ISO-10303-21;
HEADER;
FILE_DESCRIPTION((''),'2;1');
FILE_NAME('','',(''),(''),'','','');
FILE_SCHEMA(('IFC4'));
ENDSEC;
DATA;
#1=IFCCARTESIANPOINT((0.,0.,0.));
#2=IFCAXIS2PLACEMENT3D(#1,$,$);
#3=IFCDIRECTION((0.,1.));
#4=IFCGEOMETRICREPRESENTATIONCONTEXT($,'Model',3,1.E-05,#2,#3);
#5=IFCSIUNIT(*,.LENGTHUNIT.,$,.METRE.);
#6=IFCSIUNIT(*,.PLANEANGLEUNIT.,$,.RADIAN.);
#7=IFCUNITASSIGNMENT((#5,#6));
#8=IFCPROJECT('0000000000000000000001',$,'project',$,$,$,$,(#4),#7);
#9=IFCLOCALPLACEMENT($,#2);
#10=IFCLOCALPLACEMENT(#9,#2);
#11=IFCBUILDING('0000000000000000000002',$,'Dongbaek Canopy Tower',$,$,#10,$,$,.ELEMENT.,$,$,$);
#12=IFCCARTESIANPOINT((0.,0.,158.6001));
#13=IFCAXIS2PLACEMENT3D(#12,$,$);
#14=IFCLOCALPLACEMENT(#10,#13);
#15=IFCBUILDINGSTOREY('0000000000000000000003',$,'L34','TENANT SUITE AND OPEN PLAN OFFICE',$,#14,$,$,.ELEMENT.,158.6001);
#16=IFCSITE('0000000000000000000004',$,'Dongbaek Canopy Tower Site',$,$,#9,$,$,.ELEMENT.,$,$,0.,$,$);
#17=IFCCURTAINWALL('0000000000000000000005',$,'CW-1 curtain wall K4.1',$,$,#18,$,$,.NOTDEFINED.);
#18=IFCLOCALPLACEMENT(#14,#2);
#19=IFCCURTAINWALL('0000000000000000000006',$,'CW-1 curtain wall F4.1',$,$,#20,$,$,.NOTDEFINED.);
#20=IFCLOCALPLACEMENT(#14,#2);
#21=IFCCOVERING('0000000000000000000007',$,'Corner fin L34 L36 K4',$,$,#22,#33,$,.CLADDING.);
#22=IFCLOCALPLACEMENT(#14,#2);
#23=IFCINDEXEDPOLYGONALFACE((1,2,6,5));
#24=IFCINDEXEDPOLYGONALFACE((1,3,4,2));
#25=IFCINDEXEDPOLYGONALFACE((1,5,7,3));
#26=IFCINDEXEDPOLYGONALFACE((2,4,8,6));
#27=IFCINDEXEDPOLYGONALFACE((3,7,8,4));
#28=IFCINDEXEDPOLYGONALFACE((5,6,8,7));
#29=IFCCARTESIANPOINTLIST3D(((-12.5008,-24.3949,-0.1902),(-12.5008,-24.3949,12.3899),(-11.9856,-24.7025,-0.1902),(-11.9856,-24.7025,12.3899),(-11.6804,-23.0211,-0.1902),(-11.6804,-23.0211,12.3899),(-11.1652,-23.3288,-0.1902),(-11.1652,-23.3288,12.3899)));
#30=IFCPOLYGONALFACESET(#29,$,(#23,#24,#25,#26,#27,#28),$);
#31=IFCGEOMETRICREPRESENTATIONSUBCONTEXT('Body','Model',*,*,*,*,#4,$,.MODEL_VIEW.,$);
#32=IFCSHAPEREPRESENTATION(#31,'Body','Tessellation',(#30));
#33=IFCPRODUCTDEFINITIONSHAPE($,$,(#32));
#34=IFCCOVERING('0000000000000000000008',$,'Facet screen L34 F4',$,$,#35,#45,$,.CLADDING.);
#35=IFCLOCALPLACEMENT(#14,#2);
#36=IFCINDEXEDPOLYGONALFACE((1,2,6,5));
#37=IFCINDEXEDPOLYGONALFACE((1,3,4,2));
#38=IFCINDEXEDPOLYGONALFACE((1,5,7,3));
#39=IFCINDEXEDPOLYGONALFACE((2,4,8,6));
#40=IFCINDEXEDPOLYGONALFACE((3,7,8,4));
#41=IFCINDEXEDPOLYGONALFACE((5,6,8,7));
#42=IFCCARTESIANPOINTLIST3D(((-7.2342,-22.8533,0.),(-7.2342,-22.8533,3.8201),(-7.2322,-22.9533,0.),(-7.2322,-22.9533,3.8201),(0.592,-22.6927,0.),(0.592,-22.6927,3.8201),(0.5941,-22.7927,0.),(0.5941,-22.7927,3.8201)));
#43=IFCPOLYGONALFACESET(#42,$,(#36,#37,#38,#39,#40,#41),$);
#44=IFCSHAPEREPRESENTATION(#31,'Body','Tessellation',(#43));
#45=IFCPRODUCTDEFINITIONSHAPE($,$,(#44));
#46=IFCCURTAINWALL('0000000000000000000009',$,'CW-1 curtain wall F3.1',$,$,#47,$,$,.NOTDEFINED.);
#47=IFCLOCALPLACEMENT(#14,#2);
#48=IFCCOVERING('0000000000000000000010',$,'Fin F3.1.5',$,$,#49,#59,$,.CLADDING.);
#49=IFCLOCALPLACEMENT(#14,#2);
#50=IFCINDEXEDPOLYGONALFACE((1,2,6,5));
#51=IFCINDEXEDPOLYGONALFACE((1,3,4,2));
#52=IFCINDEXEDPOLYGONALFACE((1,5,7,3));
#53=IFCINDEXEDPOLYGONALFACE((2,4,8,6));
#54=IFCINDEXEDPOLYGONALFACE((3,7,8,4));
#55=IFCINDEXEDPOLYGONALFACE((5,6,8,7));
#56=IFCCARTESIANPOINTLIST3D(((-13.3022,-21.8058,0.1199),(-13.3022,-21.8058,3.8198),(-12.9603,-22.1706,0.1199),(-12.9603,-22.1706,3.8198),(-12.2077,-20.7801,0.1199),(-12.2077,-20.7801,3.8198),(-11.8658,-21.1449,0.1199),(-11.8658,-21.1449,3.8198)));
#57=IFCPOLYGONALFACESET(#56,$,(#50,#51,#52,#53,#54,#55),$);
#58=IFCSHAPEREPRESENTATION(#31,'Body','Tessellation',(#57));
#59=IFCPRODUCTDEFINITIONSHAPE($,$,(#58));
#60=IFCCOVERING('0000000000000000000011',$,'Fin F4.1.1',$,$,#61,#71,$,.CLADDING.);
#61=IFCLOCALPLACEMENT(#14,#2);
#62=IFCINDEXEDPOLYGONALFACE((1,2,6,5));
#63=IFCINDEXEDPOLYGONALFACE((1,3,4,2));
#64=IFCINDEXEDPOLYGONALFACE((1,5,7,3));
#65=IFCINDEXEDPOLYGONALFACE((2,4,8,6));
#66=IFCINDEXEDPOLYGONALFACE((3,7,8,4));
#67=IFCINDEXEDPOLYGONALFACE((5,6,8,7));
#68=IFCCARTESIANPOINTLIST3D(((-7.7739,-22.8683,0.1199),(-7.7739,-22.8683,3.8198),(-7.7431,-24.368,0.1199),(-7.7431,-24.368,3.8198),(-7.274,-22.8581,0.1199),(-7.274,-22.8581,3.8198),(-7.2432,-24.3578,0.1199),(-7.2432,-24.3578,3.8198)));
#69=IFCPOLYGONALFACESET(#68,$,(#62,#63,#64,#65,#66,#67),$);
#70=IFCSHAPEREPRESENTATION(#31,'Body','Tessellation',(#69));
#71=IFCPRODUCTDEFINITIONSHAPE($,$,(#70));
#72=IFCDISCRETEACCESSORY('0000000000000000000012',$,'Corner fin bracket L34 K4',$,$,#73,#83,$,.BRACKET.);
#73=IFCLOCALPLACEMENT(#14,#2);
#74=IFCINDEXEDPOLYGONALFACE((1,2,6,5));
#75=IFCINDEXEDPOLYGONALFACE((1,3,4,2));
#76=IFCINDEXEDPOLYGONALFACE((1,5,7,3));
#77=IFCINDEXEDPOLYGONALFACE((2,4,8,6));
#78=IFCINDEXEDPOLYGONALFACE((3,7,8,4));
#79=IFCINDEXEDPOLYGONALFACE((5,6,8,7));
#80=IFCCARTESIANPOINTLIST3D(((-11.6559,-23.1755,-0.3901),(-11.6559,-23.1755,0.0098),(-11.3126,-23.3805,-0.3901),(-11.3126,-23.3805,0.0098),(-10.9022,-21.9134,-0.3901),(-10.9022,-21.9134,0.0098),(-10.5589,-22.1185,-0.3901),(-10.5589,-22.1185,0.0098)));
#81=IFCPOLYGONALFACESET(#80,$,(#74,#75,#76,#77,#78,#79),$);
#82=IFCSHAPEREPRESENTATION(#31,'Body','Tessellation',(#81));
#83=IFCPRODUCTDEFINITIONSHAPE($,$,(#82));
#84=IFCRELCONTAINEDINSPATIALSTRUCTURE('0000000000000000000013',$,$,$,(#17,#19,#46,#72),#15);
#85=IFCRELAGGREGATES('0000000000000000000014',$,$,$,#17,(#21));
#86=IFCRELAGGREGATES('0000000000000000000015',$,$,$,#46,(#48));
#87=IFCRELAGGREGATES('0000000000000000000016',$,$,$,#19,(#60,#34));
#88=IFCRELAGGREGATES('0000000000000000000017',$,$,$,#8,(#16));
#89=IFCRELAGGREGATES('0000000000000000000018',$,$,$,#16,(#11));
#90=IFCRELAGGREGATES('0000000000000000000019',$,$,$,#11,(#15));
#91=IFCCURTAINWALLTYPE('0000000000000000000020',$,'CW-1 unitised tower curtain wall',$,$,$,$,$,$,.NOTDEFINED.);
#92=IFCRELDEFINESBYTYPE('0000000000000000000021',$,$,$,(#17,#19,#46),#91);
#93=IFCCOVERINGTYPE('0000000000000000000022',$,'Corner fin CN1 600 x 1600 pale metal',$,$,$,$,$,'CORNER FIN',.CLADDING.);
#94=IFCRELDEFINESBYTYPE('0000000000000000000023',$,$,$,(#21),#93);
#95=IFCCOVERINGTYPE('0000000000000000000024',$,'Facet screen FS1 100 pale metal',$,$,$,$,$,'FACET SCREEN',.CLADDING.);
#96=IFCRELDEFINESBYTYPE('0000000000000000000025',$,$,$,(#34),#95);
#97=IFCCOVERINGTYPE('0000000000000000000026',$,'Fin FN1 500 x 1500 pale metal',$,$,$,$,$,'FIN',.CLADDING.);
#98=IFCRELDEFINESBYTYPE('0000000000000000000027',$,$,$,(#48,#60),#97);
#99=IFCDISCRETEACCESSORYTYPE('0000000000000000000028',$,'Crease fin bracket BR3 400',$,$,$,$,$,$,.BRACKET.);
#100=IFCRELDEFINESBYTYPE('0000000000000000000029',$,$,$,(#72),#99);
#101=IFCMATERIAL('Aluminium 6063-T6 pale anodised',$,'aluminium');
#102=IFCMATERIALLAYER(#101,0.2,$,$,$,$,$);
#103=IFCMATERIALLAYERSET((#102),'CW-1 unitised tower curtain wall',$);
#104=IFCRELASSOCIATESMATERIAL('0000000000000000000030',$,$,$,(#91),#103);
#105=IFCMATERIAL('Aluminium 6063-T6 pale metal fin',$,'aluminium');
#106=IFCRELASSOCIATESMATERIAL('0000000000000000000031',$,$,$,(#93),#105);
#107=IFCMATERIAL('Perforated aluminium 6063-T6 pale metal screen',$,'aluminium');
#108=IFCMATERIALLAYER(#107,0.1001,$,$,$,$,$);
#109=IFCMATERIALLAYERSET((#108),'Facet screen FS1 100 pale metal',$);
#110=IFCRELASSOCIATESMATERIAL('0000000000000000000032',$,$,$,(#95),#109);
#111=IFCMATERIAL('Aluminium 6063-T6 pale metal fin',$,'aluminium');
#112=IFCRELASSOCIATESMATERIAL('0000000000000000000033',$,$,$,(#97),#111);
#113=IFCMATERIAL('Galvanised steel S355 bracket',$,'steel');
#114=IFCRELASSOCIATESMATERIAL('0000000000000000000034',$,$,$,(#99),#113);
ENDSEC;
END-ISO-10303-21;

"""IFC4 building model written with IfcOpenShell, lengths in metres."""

from ifc_helpers import new_model, si_unit, direction, frame, origin, origin_2d, place, context, subcontext, project, spatial, rectangle, extrude, material, layer, layer_set, material_profile, profile_set, type_object, element, aggregate, save


model = new_model("IFC4")

# Units and contexts
model_context = context("Model", 3, precision=1e-05, world=origin(), true_north=direction((0.0, 1.0)))
body_context = subcontext(model_context, "Body", "Model", "MODEL_VIEW")
ifc_project = project(units=[si_unit("LENGTHUNIT", "METRE"), si_unit("PLANEANGLEUNIT", "RADIAN")], contexts=[model_context])

# Site, building, storey
site_placement = place(None, origin())
site = spatial("IfcSite", under=ifc_project, at=site_placement, Name="Dongbaek Canopy Tower Site", CompositionType="ELEMENT", RefElevation=0.0)
building_placement = place(site_placement, origin())
building = spatial("IfcBuilding", under=site, at=building_placement, Name="Dongbaek Canopy Tower", CompositionType="ELEMENT")
storey_placement = place(building_placement, frame((0.0, 0.0, 158.6001)))
storey = spatial("IfcBuildingStorey", under=building, at=storey_placement, Name="L34", Description="TENANT SUITE AND OPEN PLAN OFFICE", CompositionType="ELEMENT", Elevation=158.6001)

# Curtain walls
ifc_material_1 = material(Name="Aluminium 6063-T6 pale anodised", Category="aluminium")
ifc_layer_1 = layer(ifc_material_1, 0.2)
ifc_layer_set_1 = layer_set([ifc_layer_1], Name="CW-1 unitised tower curtain wall")
curtain_wall_type = type_object("IfcCurtainWallType", Name="CW-1 unitised tower curtain wall", PredefinedType="NOTDEFINED", material=ifc_layer_set_1)
curtain_wall_1_placement = place(storey_placement, origin())
curtain_wall_1 = element("IfcCurtainWall", 1, at=curtain_wall_1_placement, inside=storey, type_object=curtain_wall_type, Name="CW-1 curtain wall K4.1", PredefinedType="NOTDEFINED")
curtain_wall_2_placement = place(storey_placement, origin())
curtain_wall_2 = element("IfcCurtainWall", 2, at=curtain_wall_2_placement, inside=storey, type_object=curtain_wall_type, Name="CW-1 curtain wall F4.1", PredefinedType="NOTDEFINED")

# Coverings
ifc_material_2 = material(Name="Aluminium 6063-T6 pale metal fin", Category="aluminium")
ifc_material_profile_1 = material_profile(ifc_material_2, rectangle(XDim=1.6001, YDim=0.6001, at=origin_2d()), Name="Corner fin CN1 600 x 1600 pale metal")
ifc_profile_set_1 = profile_set([ifc_material_profile_1], Name="Aluminium 6063-T6 pale metal fin")
covering_type_1 = type_object("IfcCoveringType", Name="Corner fin CN1 600 x 1600 pale metal", ElementType="CORNER FIN", PredefinedType="CLADDING", material=ifc_profile_set_1)
covering_1_placement = place(storey_placement, frame((-11.833, -23.8618, -0.1902), z_axis=(0.0, 0.0, 1.0), x_axis=(-0.512734, -0.858548, 0.0)))
covering_1 = element("IfcCovering", 3, at=covering_1_placement, type_object=covering_type_1, Name="Corner fin L34 L36 K4", PredefinedType="CLADDING", context=body_context, shape_type="SweptSolid", body=[
    extrude(rectangle(XDim=1.6001, YDim=0.6001, at=origin_2d()), origin(), (0.0, 0.0, 1.0), 12.5801),
])
aggregate(curtain_wall_1, [covering_1])
ifc_material_3 = material(Name="Perforated aluminium 6063-T6 pale metal screen", Category="aluminium")
ifc_layer_2 = layer(ifc_material_3, 0.1001)
ifc_layer_set_2 = layer_set([ifc_layer_2], Name="Facet screen FS1 100 pale metal")
covering_type_2 = type_object("IfcCoveringType", Name="Facet screen FS1 100 pale metal", ElementType="FACET SCREEN", PredefinedType="CLADDING", material=ifc_layer_set_2)
covering_2_placement = place(storey_placement, frame((-3.3201, -22.823, 0.0), z_axis=(0.0, 0.0, 1.0), x_axis=(0.99979, 0.020515, 0.0)))
covering_2 = element("IfcCovering", 4, at=covering_2_placement, type_object=covering_type_2, Name="Facet screen L34 F4", PredefinedType="CLADDING", context=body_context, shape_type="SweptSolid", body=[
    extrude(rectangle(XDim=7.8279, YDim=0.1001, at=origin_2d()), origin(), (0.0, 0.0, 1.0), 3.8201),
])

# Curtain wall, covering
curtain_wall_3_placement = place(storey_placement, origin())
curtain_wall_3 = element("IfcCurtainWall", 5, at=curtain_wall_3_placement, inside=storey, type_object=curtain_wall_type, Name="CW-1 curtain wall F3.1", PredefinedType="NOTDEFINED")
ifc_material_4 = material(Name="Aluminium 6063-T6 pale metal fin", Category="aluminium")
ifc_material_profile_2 = material_profile(ifc_material_4, rectangle(XDim=1.5, YDim=0.5, at=origin_2d()), Name="Fin FN1 500 x 1500 pale metal")
ifc_profile_set_2 = profile_set([ifc_material_profile_2], Name="Aluminium 6063-T6 pale metal fin")
covering_type_3 = type_object("IfcCoveringType", Name="Fin FN1 500 x 1500 pale metal", ElementType="FIN", PredefinedType="CLADDING", material=ifc_profile_set_2)
covering_3_placement = place(storey_placement, frame((-12.584, -21.4753, 0.1199), z_axis=(0.0, 0.0, 1.0), x_axis=(-0.729649, -0.683822, 0.0)))
covering_3 = element("IfcCovering", 6, at=covering_3_placement, type_object=covering_type_3, Name="Fin F3.1.5", PredefinedType="CLADDING", context=body_context, shape_type="SweptSolid", body=[
    extrude(rectangle(XDim=1.5, YDim=0.5, at=origin_2d()), origin(), (0.0, 0.0, 1.0), 3.7),
])
aggregate(curtain_wall_3, [covering_3])

# Covering
covering_4_placement = place(storey_placement, frame((-7.5085, -23.613, 0.1199), z_axis=(0.0, 0.0, 1.0), x_axis=(0.020515, -0.99979, 0.0)))
covering_4 = element("IfcCovering", 7, at=covering_4_placement, type_object=covering_type_3, Name="Fin F4.1.1", PredefinedType="CLADDING", context=body_context, shape_type="SweptSolid", body=[
    extrude(rectangle(XDim=1.5, YDim=0.5, at=origin_2d()), origin(), (0.0, 0.0, 1.0), 3.7),
])
aggregate(curtain_wall_2, [covering_4, covering_2])

# Discrete accessory
ifc_material_5 = material(Name="Galvanised steel S355 bracket", Category="steel")
discrete_accessory_type = type_object("IfcDiscreteAccessoryType", Name="Crease fin bracket BR3 400", PredefinedType="BRACKET", material=ifc_material_5)
discrete_accessory_placement = place(storey_placement, frame((-11.1074, -22.647, -0.3901), z_axis=(0.0, 0.0, 1.0), x_axis=(-0.512734, -0.858548, 0.0)))
element("IfcDiscreteAccessory", 8, at=discrete_accessory_placement, inside=storey, type_object=discrete_accessory_type, Name="Corner fin bracket L34 K4", PredefinedType="BRACKET", context=body_context, shape_type="SweptSolid", body=[
    extrude(rectangle(XDim=1.47, YDim=0.3999, at=origin_2d()), origin(), (0.0, 0.0, 1.0), 0.3999),
])

save(model, "model.ifc")
